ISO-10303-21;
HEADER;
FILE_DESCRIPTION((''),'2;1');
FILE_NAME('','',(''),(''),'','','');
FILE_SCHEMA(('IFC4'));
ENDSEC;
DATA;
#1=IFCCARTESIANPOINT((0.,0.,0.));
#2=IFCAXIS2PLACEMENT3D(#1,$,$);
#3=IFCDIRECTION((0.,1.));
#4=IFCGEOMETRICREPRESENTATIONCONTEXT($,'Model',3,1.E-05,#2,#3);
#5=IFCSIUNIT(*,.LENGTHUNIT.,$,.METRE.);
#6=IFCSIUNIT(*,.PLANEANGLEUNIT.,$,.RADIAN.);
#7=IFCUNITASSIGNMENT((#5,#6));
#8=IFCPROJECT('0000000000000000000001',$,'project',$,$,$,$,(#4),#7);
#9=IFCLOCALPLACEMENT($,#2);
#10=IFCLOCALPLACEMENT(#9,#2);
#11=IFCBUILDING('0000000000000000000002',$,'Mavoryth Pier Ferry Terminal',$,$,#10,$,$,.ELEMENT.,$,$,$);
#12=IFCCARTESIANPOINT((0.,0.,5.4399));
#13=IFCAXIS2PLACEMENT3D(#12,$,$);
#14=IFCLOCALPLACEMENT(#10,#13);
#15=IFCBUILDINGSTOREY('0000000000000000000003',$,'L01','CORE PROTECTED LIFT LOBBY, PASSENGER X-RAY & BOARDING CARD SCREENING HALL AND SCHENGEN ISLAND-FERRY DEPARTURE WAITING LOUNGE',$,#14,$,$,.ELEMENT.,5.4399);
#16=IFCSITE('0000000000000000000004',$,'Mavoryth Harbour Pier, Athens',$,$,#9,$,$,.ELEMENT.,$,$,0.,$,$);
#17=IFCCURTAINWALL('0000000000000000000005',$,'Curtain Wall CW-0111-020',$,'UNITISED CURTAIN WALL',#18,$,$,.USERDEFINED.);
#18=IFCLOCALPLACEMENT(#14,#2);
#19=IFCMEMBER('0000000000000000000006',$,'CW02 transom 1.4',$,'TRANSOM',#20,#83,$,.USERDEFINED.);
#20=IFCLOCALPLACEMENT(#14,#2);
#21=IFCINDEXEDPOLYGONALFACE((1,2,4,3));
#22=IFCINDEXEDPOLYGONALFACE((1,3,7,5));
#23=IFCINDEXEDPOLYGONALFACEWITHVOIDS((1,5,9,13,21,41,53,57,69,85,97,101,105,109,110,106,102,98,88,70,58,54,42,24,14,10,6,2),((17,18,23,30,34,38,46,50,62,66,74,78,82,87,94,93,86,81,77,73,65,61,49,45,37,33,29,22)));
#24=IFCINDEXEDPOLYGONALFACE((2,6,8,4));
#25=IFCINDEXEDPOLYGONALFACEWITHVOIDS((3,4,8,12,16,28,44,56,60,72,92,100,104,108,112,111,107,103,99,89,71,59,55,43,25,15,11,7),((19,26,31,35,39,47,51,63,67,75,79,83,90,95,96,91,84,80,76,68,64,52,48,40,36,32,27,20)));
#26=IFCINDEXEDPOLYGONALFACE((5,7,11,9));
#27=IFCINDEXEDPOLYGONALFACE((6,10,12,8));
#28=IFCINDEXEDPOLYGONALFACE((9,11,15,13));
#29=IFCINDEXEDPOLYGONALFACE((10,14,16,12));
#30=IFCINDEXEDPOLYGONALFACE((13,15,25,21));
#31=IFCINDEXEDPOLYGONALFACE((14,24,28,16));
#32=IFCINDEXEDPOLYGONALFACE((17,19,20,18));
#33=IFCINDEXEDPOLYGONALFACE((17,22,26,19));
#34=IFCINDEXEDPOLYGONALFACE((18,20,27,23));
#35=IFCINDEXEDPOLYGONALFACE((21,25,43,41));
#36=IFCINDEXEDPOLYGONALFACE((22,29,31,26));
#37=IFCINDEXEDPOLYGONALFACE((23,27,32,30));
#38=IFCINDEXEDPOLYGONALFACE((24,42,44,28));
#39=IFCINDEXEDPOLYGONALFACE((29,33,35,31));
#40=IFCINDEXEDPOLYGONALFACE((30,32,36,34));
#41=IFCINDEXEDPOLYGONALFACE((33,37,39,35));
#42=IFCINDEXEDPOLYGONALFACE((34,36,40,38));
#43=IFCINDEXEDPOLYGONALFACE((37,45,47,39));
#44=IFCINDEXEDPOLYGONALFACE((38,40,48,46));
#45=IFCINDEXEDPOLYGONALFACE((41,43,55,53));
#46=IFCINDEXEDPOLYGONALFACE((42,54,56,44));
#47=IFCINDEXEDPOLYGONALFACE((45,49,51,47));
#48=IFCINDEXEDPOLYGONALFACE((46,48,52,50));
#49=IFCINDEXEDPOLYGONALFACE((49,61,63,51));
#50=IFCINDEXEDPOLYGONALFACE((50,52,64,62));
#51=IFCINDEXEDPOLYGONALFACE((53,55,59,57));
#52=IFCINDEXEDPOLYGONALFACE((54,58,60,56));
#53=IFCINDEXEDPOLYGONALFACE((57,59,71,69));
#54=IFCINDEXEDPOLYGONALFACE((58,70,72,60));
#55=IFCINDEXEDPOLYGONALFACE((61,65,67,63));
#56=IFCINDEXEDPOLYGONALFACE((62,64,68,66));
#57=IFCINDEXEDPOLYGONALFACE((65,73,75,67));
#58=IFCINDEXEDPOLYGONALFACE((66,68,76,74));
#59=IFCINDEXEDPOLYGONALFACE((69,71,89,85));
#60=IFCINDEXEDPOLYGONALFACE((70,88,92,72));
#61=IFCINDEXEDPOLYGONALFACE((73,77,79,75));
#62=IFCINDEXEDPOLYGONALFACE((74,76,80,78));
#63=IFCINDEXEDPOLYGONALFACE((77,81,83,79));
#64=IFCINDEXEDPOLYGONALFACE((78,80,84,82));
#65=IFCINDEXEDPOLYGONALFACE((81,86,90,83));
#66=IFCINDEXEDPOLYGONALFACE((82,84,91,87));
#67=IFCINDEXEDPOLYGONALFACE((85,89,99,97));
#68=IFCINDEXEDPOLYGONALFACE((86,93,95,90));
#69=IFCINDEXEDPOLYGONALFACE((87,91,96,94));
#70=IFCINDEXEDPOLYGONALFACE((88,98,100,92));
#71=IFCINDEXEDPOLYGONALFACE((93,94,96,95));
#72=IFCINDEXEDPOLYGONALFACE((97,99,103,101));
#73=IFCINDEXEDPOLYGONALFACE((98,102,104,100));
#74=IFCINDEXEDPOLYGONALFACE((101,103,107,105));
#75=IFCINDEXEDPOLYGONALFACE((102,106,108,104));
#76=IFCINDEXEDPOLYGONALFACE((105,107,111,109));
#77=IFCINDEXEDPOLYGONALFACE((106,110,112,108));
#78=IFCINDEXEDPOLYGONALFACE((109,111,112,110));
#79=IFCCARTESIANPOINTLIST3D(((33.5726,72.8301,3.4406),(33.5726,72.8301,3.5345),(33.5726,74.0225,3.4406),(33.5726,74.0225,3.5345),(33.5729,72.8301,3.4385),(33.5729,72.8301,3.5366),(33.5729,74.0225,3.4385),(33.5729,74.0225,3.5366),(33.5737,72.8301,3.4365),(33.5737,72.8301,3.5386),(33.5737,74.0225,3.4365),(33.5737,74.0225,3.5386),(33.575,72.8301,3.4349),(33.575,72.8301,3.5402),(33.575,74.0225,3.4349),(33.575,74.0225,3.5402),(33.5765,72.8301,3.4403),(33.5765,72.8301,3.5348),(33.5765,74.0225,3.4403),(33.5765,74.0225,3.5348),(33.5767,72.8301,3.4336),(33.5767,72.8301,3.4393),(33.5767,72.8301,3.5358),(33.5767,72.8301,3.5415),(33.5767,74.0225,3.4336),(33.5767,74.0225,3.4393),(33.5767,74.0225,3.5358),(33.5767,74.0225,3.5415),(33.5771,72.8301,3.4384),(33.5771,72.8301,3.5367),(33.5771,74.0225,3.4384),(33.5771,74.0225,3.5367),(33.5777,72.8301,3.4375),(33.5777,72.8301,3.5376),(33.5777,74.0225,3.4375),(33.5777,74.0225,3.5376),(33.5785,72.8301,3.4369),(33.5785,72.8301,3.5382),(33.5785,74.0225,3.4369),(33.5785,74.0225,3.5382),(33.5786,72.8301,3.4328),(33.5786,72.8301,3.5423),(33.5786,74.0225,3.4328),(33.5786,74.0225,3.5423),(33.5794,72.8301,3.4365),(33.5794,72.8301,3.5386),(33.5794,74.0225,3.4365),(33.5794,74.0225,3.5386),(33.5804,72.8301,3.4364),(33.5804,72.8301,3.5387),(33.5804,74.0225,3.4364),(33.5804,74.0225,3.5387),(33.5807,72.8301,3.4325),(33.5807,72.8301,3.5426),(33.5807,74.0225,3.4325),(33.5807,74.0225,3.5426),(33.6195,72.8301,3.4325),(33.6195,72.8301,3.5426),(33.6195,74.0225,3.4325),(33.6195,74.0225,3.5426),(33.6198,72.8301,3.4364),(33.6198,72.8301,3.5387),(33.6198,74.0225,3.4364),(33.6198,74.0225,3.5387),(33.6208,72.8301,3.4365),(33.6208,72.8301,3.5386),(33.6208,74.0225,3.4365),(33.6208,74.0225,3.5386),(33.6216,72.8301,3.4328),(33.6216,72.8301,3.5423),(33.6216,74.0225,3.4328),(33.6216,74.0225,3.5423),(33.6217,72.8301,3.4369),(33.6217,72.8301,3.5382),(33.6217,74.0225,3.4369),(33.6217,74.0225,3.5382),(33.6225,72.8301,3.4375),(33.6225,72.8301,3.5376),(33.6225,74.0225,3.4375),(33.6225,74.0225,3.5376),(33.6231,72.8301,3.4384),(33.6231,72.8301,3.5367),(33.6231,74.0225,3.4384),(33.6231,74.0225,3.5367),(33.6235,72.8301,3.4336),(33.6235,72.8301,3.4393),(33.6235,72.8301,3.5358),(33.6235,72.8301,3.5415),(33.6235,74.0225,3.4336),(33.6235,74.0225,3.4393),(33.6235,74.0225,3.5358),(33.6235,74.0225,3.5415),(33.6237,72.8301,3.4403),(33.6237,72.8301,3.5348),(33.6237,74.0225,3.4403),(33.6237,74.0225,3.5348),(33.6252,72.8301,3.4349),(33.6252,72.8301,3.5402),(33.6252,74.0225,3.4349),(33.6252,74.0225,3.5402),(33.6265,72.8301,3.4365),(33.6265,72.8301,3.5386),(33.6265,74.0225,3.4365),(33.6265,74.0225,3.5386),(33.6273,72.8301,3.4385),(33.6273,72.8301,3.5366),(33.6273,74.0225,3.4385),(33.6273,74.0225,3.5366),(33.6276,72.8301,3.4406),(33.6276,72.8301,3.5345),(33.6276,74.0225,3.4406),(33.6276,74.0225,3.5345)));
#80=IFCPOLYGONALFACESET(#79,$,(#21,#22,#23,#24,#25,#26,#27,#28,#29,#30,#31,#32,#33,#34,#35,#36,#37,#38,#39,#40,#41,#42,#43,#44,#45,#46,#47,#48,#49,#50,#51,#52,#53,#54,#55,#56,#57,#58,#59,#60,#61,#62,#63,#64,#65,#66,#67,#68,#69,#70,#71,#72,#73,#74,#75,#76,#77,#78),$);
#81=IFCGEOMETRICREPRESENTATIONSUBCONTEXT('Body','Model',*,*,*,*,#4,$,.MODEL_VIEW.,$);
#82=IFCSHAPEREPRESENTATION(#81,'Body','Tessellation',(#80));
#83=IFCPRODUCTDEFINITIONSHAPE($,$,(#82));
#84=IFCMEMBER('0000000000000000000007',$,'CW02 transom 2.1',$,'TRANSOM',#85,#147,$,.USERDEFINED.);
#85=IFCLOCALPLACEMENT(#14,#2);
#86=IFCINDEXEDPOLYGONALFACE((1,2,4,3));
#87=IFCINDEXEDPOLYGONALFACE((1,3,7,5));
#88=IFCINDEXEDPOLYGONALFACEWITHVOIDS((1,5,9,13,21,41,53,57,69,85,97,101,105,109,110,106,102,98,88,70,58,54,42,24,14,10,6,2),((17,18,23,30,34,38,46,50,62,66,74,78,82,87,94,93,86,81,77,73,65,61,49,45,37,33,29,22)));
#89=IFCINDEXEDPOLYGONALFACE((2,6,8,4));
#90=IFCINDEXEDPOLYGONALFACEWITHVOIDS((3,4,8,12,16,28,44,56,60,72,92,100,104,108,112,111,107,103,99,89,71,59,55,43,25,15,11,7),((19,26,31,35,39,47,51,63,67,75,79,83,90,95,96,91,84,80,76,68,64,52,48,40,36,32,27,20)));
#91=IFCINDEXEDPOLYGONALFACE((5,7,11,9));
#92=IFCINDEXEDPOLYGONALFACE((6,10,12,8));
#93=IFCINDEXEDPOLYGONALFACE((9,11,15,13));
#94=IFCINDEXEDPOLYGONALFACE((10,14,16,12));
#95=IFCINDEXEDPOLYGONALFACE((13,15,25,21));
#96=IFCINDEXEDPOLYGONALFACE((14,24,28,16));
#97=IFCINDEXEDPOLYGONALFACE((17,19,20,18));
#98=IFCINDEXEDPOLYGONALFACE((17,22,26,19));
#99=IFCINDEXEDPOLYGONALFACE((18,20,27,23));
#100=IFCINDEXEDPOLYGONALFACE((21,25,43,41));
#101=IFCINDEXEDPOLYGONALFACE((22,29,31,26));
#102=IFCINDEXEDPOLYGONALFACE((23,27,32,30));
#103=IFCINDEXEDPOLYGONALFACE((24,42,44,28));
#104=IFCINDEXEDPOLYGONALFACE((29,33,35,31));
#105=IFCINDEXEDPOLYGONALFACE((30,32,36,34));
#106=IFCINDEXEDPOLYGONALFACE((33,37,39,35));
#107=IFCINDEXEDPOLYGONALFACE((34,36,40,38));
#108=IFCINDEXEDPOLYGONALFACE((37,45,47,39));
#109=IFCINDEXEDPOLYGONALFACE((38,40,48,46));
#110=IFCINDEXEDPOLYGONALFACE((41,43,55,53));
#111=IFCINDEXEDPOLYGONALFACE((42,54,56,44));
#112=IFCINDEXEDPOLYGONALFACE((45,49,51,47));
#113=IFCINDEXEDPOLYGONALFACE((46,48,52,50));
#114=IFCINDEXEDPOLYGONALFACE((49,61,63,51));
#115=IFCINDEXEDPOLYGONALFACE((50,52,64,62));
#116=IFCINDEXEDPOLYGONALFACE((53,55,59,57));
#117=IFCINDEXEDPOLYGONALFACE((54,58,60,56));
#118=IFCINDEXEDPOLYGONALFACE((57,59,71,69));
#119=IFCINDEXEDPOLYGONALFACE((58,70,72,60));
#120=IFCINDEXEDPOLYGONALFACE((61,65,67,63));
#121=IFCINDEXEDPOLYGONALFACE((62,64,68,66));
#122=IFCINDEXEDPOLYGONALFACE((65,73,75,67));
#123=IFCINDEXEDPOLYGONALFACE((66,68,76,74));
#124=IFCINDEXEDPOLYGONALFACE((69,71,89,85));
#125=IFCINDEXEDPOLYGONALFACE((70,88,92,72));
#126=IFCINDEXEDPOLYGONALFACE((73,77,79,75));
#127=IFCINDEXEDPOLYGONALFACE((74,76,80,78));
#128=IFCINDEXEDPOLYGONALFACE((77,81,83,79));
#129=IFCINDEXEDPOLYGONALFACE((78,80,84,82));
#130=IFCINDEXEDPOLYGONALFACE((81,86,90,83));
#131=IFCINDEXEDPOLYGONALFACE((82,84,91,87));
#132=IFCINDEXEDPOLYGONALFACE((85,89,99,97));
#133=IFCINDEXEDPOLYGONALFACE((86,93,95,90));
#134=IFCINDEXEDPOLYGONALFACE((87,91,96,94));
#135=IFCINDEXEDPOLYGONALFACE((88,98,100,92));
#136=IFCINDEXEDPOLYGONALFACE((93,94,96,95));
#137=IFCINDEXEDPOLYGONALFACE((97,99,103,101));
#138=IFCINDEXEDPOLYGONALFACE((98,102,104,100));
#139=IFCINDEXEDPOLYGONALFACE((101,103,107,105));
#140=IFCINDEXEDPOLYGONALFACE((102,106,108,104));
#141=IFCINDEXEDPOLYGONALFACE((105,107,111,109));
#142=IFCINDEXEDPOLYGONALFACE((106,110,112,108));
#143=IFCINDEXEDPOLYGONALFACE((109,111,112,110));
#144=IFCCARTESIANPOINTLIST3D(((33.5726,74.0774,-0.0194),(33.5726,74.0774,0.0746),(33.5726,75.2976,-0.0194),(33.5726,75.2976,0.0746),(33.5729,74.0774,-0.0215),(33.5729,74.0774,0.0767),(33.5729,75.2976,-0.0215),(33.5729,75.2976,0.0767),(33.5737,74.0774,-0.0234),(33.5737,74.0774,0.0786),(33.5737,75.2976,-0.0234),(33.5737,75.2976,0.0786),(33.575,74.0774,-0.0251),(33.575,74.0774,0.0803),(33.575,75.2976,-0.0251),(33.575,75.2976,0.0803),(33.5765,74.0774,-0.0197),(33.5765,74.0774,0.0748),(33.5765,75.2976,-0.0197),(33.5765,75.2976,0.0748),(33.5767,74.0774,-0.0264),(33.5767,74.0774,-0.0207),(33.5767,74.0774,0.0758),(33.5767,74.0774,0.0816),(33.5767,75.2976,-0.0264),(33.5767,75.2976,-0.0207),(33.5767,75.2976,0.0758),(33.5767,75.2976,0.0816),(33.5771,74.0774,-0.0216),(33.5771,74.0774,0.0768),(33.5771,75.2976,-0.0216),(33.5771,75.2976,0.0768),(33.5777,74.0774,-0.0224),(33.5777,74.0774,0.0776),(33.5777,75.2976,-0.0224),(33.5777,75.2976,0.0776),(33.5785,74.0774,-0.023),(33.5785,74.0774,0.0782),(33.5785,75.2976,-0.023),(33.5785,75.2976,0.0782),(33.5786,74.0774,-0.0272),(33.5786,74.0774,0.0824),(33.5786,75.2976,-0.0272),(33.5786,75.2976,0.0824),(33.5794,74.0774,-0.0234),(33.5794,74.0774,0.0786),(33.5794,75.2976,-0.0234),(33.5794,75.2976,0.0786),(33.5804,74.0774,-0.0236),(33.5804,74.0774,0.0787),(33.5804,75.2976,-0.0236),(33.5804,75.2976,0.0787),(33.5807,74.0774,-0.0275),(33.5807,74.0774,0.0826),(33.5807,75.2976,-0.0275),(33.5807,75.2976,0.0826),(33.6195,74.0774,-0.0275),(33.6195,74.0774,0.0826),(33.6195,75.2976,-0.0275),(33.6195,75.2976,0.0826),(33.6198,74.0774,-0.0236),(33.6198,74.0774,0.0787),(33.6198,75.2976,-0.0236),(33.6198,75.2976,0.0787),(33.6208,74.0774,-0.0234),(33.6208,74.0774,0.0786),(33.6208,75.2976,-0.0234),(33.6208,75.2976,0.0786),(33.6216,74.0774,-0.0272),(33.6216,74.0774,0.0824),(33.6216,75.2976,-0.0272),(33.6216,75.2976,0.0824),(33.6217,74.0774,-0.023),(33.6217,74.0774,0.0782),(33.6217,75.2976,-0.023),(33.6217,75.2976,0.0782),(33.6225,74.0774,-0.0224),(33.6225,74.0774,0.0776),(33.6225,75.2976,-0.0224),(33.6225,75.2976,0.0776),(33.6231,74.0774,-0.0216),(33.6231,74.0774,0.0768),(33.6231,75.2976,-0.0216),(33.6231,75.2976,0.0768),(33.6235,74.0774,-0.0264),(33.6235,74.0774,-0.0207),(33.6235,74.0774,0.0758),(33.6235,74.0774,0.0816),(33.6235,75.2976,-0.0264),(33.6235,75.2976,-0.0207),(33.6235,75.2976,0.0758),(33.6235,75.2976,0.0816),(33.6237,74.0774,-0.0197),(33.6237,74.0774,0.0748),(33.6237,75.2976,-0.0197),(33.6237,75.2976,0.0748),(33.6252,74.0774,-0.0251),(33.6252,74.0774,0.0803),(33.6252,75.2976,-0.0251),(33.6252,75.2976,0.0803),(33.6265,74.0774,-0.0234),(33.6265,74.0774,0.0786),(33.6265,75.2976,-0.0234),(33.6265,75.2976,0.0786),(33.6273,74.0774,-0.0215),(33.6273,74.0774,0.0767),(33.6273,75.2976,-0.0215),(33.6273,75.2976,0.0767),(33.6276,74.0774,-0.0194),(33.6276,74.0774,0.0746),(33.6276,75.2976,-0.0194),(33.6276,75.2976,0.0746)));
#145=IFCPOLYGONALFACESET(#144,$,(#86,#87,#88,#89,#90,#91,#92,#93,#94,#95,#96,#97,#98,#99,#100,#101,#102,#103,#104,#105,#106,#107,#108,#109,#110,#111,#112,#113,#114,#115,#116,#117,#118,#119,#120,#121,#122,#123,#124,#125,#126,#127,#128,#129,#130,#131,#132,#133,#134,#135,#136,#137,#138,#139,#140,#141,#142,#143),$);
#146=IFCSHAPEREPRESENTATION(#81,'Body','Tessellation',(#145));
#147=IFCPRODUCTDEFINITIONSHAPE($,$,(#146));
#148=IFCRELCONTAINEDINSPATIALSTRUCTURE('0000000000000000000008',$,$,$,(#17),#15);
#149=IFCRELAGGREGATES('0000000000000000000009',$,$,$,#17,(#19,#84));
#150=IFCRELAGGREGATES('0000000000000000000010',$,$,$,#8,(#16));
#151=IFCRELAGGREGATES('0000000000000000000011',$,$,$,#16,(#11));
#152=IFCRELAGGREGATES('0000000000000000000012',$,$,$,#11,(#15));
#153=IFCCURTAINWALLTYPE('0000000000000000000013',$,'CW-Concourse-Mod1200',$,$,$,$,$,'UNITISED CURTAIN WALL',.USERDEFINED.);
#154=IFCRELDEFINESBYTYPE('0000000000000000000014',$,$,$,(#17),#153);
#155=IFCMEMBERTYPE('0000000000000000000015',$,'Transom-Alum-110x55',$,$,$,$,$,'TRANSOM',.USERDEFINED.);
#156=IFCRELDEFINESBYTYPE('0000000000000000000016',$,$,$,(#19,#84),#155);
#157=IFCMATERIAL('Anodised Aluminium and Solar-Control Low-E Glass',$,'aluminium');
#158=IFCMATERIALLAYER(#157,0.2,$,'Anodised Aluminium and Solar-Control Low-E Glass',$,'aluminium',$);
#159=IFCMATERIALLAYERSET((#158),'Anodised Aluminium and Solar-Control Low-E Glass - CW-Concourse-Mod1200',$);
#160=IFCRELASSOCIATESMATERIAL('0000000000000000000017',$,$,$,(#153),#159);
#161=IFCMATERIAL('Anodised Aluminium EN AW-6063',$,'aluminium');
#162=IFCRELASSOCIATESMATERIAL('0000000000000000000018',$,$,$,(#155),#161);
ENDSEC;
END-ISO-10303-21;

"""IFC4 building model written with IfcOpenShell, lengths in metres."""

from ifc_helpers import new_model, si_unit, direction, frame, origin, origin_2d, place, context, subcontext, project, spatial, hollow_rectangle, extrude, material, layer, layer_set, material_profile, profile_set, type_object, element, aggregate, save


model = new_model("IFC4")

# Units and contexts
model_context = context("Model", 3, precision=1e-05, world=origin(), true_north=direction((0.0, 1.0)))
body_context = subcontext(model_context, "Body", "Model", "MODEL_VIEW")
ifc_project = project(units=[si_unit("LENGTHUNIT", "METRE"), si_unit("PLANEANGLEUNIT", "RADIAN")], contexts=[model_context])

# Site, building, storey
site_placement = place(None, origin())
site = spatial("IfcSite", under=ifc_project, at=site_placement, Name="Mavoryth Harbour Pier, Athens", CompositionType="ELEMENT", RefElevation=0.0)
building_placement = place(site_placement, origin())
building = spatial("IfcBuilding", under=site, at=building_placement, Name="Mavoryth Pier Ferry Terminal", CompositionType="ELEMENT")
storey_placement = place(building_placement, frame((0.0, 0.0, 5.4399)))
storey = spatial("IfcBuildingStorey", under=building, at=storey_placement, Name="L01", Description="CORE PROTECTED LIFT LOBBY, PASSENGER X-RAY & BOARDING CARD SCREENING HALL AND SCHENGEN ISLAND-FERRY DEPARTURE WAITING LOUNGE", CompositionType="ELEMENT", Elevation=5.4399)

# Curtain wall, members
ifc_material_1 = material(Name="Anodised Aluminium and Solar-Control Low-E Glass", Category="aluminium")
ifc_layer_1 = layer(ifc_material_1, 0.2, Name="Anodised Aluminium and Solar-Control Low-E Glass", Category="aluminium")
ifc_layer_set_1 = layer_set([ifc_layer_1], Name="Anodised Aluminium and Solar-Control Low-E Glass - CW-Concourse-Mod1200")
curtain_wall_type = type_object("IfcCurtainWallType", Name="CW-Concourse-Mod1200", ElementType="UNITISED CURTAIN WALL", PredefinedType="USERDEFINED", material=ifc_layer_set_1)
curtain_wall_placement = place(storey_placement, origin())
curtain_wall = element("IfcCurtainWall", 1, at=curtain_wall_placement, inside=storey, type_object=curtain_wall_type, Name="Curtain Wall CW-0111-020", ObjectType="UNITISED CURTAIN WALL", PredefinedType="USERDEFINED")
ifc_material_2 = material(Name="Anodised Aluminium EN AW-6063", Category="aluminium")
ifc_material_profile_1 = material_profile(ifc_material_2, hollow_rectangle(XDim=0.0549, YDim=0.1101, WallThickness=0.0039, InnerFilletRadius=0.0039, OuterFilletRadius=0.0081, at=origin_2d()), Name="AL-TRAN 110x55x4", Category="aluminium")
ifc_profile_set_1 = profile_set([ifc_material_profile_1], Name="Anodised Aluminium EN AW-6063 - AL-TRAN 110x55x4")
member_type_1 = type_object("IfcMemberType", Name="Transom-Alum-110x55", ElementType="TRANSOM", PredefinedType="USERDEFINED", material=ifc_profile_set_1)
member_1_placement = place(storey_placement, frame((33.6001, 72.8301, 3.4875), z_axis=(0.0, 1.0, 0.0), x_axis=(-1.0, 0.0, 0.0)))
member_1 = element("IfcMember", 2, at=member_1_placement, type_object=member_type_1, Name="CW02 transom 1.4", ObjectType="TRANSOM", PredefinedType="USERDEFINED", context=body_context, shape_type="SweptSolid", body=[
    extrude(hollow_rectangle(XDim=0.0549, YDim=0.1101, WallThickness=0.0039, InnerFilletRadius=0.0039, OuterFilletRadius=0.0081, at=origin_2d()), origin(), (0.0, 0.0, 1.0), 1.1924),
])
member_2_placement = place(storey_placement, frame((33.6001, 74.0774, 0.0276), z_axis=(0.0, 1.0, 0.0), x_axis=(-1.0, 0.0, 0.0)))
member_2 = element("IfcMember", 3, at=member_2_placement, type_object=member_type_1, Name="CW02 transom 2.1", ObjectType="TRANSOM", PredefinedType="USERDEFINED", context=body_context, shape_type="SweptSolid", body=[
    extrude(hollow_rectangle(XDim=0.0549, YDim=0.1101, WallThickness=0.0039, InnerFilletRadius=0.0039, OuterFilletRadius=0.0081, at=origin_2d()), origin(), (0.0, 0.0, 1.0), 1.2202),
])
aggregate(curtain_wall, [member_1, member_2])

save(model, "model.ifc")
